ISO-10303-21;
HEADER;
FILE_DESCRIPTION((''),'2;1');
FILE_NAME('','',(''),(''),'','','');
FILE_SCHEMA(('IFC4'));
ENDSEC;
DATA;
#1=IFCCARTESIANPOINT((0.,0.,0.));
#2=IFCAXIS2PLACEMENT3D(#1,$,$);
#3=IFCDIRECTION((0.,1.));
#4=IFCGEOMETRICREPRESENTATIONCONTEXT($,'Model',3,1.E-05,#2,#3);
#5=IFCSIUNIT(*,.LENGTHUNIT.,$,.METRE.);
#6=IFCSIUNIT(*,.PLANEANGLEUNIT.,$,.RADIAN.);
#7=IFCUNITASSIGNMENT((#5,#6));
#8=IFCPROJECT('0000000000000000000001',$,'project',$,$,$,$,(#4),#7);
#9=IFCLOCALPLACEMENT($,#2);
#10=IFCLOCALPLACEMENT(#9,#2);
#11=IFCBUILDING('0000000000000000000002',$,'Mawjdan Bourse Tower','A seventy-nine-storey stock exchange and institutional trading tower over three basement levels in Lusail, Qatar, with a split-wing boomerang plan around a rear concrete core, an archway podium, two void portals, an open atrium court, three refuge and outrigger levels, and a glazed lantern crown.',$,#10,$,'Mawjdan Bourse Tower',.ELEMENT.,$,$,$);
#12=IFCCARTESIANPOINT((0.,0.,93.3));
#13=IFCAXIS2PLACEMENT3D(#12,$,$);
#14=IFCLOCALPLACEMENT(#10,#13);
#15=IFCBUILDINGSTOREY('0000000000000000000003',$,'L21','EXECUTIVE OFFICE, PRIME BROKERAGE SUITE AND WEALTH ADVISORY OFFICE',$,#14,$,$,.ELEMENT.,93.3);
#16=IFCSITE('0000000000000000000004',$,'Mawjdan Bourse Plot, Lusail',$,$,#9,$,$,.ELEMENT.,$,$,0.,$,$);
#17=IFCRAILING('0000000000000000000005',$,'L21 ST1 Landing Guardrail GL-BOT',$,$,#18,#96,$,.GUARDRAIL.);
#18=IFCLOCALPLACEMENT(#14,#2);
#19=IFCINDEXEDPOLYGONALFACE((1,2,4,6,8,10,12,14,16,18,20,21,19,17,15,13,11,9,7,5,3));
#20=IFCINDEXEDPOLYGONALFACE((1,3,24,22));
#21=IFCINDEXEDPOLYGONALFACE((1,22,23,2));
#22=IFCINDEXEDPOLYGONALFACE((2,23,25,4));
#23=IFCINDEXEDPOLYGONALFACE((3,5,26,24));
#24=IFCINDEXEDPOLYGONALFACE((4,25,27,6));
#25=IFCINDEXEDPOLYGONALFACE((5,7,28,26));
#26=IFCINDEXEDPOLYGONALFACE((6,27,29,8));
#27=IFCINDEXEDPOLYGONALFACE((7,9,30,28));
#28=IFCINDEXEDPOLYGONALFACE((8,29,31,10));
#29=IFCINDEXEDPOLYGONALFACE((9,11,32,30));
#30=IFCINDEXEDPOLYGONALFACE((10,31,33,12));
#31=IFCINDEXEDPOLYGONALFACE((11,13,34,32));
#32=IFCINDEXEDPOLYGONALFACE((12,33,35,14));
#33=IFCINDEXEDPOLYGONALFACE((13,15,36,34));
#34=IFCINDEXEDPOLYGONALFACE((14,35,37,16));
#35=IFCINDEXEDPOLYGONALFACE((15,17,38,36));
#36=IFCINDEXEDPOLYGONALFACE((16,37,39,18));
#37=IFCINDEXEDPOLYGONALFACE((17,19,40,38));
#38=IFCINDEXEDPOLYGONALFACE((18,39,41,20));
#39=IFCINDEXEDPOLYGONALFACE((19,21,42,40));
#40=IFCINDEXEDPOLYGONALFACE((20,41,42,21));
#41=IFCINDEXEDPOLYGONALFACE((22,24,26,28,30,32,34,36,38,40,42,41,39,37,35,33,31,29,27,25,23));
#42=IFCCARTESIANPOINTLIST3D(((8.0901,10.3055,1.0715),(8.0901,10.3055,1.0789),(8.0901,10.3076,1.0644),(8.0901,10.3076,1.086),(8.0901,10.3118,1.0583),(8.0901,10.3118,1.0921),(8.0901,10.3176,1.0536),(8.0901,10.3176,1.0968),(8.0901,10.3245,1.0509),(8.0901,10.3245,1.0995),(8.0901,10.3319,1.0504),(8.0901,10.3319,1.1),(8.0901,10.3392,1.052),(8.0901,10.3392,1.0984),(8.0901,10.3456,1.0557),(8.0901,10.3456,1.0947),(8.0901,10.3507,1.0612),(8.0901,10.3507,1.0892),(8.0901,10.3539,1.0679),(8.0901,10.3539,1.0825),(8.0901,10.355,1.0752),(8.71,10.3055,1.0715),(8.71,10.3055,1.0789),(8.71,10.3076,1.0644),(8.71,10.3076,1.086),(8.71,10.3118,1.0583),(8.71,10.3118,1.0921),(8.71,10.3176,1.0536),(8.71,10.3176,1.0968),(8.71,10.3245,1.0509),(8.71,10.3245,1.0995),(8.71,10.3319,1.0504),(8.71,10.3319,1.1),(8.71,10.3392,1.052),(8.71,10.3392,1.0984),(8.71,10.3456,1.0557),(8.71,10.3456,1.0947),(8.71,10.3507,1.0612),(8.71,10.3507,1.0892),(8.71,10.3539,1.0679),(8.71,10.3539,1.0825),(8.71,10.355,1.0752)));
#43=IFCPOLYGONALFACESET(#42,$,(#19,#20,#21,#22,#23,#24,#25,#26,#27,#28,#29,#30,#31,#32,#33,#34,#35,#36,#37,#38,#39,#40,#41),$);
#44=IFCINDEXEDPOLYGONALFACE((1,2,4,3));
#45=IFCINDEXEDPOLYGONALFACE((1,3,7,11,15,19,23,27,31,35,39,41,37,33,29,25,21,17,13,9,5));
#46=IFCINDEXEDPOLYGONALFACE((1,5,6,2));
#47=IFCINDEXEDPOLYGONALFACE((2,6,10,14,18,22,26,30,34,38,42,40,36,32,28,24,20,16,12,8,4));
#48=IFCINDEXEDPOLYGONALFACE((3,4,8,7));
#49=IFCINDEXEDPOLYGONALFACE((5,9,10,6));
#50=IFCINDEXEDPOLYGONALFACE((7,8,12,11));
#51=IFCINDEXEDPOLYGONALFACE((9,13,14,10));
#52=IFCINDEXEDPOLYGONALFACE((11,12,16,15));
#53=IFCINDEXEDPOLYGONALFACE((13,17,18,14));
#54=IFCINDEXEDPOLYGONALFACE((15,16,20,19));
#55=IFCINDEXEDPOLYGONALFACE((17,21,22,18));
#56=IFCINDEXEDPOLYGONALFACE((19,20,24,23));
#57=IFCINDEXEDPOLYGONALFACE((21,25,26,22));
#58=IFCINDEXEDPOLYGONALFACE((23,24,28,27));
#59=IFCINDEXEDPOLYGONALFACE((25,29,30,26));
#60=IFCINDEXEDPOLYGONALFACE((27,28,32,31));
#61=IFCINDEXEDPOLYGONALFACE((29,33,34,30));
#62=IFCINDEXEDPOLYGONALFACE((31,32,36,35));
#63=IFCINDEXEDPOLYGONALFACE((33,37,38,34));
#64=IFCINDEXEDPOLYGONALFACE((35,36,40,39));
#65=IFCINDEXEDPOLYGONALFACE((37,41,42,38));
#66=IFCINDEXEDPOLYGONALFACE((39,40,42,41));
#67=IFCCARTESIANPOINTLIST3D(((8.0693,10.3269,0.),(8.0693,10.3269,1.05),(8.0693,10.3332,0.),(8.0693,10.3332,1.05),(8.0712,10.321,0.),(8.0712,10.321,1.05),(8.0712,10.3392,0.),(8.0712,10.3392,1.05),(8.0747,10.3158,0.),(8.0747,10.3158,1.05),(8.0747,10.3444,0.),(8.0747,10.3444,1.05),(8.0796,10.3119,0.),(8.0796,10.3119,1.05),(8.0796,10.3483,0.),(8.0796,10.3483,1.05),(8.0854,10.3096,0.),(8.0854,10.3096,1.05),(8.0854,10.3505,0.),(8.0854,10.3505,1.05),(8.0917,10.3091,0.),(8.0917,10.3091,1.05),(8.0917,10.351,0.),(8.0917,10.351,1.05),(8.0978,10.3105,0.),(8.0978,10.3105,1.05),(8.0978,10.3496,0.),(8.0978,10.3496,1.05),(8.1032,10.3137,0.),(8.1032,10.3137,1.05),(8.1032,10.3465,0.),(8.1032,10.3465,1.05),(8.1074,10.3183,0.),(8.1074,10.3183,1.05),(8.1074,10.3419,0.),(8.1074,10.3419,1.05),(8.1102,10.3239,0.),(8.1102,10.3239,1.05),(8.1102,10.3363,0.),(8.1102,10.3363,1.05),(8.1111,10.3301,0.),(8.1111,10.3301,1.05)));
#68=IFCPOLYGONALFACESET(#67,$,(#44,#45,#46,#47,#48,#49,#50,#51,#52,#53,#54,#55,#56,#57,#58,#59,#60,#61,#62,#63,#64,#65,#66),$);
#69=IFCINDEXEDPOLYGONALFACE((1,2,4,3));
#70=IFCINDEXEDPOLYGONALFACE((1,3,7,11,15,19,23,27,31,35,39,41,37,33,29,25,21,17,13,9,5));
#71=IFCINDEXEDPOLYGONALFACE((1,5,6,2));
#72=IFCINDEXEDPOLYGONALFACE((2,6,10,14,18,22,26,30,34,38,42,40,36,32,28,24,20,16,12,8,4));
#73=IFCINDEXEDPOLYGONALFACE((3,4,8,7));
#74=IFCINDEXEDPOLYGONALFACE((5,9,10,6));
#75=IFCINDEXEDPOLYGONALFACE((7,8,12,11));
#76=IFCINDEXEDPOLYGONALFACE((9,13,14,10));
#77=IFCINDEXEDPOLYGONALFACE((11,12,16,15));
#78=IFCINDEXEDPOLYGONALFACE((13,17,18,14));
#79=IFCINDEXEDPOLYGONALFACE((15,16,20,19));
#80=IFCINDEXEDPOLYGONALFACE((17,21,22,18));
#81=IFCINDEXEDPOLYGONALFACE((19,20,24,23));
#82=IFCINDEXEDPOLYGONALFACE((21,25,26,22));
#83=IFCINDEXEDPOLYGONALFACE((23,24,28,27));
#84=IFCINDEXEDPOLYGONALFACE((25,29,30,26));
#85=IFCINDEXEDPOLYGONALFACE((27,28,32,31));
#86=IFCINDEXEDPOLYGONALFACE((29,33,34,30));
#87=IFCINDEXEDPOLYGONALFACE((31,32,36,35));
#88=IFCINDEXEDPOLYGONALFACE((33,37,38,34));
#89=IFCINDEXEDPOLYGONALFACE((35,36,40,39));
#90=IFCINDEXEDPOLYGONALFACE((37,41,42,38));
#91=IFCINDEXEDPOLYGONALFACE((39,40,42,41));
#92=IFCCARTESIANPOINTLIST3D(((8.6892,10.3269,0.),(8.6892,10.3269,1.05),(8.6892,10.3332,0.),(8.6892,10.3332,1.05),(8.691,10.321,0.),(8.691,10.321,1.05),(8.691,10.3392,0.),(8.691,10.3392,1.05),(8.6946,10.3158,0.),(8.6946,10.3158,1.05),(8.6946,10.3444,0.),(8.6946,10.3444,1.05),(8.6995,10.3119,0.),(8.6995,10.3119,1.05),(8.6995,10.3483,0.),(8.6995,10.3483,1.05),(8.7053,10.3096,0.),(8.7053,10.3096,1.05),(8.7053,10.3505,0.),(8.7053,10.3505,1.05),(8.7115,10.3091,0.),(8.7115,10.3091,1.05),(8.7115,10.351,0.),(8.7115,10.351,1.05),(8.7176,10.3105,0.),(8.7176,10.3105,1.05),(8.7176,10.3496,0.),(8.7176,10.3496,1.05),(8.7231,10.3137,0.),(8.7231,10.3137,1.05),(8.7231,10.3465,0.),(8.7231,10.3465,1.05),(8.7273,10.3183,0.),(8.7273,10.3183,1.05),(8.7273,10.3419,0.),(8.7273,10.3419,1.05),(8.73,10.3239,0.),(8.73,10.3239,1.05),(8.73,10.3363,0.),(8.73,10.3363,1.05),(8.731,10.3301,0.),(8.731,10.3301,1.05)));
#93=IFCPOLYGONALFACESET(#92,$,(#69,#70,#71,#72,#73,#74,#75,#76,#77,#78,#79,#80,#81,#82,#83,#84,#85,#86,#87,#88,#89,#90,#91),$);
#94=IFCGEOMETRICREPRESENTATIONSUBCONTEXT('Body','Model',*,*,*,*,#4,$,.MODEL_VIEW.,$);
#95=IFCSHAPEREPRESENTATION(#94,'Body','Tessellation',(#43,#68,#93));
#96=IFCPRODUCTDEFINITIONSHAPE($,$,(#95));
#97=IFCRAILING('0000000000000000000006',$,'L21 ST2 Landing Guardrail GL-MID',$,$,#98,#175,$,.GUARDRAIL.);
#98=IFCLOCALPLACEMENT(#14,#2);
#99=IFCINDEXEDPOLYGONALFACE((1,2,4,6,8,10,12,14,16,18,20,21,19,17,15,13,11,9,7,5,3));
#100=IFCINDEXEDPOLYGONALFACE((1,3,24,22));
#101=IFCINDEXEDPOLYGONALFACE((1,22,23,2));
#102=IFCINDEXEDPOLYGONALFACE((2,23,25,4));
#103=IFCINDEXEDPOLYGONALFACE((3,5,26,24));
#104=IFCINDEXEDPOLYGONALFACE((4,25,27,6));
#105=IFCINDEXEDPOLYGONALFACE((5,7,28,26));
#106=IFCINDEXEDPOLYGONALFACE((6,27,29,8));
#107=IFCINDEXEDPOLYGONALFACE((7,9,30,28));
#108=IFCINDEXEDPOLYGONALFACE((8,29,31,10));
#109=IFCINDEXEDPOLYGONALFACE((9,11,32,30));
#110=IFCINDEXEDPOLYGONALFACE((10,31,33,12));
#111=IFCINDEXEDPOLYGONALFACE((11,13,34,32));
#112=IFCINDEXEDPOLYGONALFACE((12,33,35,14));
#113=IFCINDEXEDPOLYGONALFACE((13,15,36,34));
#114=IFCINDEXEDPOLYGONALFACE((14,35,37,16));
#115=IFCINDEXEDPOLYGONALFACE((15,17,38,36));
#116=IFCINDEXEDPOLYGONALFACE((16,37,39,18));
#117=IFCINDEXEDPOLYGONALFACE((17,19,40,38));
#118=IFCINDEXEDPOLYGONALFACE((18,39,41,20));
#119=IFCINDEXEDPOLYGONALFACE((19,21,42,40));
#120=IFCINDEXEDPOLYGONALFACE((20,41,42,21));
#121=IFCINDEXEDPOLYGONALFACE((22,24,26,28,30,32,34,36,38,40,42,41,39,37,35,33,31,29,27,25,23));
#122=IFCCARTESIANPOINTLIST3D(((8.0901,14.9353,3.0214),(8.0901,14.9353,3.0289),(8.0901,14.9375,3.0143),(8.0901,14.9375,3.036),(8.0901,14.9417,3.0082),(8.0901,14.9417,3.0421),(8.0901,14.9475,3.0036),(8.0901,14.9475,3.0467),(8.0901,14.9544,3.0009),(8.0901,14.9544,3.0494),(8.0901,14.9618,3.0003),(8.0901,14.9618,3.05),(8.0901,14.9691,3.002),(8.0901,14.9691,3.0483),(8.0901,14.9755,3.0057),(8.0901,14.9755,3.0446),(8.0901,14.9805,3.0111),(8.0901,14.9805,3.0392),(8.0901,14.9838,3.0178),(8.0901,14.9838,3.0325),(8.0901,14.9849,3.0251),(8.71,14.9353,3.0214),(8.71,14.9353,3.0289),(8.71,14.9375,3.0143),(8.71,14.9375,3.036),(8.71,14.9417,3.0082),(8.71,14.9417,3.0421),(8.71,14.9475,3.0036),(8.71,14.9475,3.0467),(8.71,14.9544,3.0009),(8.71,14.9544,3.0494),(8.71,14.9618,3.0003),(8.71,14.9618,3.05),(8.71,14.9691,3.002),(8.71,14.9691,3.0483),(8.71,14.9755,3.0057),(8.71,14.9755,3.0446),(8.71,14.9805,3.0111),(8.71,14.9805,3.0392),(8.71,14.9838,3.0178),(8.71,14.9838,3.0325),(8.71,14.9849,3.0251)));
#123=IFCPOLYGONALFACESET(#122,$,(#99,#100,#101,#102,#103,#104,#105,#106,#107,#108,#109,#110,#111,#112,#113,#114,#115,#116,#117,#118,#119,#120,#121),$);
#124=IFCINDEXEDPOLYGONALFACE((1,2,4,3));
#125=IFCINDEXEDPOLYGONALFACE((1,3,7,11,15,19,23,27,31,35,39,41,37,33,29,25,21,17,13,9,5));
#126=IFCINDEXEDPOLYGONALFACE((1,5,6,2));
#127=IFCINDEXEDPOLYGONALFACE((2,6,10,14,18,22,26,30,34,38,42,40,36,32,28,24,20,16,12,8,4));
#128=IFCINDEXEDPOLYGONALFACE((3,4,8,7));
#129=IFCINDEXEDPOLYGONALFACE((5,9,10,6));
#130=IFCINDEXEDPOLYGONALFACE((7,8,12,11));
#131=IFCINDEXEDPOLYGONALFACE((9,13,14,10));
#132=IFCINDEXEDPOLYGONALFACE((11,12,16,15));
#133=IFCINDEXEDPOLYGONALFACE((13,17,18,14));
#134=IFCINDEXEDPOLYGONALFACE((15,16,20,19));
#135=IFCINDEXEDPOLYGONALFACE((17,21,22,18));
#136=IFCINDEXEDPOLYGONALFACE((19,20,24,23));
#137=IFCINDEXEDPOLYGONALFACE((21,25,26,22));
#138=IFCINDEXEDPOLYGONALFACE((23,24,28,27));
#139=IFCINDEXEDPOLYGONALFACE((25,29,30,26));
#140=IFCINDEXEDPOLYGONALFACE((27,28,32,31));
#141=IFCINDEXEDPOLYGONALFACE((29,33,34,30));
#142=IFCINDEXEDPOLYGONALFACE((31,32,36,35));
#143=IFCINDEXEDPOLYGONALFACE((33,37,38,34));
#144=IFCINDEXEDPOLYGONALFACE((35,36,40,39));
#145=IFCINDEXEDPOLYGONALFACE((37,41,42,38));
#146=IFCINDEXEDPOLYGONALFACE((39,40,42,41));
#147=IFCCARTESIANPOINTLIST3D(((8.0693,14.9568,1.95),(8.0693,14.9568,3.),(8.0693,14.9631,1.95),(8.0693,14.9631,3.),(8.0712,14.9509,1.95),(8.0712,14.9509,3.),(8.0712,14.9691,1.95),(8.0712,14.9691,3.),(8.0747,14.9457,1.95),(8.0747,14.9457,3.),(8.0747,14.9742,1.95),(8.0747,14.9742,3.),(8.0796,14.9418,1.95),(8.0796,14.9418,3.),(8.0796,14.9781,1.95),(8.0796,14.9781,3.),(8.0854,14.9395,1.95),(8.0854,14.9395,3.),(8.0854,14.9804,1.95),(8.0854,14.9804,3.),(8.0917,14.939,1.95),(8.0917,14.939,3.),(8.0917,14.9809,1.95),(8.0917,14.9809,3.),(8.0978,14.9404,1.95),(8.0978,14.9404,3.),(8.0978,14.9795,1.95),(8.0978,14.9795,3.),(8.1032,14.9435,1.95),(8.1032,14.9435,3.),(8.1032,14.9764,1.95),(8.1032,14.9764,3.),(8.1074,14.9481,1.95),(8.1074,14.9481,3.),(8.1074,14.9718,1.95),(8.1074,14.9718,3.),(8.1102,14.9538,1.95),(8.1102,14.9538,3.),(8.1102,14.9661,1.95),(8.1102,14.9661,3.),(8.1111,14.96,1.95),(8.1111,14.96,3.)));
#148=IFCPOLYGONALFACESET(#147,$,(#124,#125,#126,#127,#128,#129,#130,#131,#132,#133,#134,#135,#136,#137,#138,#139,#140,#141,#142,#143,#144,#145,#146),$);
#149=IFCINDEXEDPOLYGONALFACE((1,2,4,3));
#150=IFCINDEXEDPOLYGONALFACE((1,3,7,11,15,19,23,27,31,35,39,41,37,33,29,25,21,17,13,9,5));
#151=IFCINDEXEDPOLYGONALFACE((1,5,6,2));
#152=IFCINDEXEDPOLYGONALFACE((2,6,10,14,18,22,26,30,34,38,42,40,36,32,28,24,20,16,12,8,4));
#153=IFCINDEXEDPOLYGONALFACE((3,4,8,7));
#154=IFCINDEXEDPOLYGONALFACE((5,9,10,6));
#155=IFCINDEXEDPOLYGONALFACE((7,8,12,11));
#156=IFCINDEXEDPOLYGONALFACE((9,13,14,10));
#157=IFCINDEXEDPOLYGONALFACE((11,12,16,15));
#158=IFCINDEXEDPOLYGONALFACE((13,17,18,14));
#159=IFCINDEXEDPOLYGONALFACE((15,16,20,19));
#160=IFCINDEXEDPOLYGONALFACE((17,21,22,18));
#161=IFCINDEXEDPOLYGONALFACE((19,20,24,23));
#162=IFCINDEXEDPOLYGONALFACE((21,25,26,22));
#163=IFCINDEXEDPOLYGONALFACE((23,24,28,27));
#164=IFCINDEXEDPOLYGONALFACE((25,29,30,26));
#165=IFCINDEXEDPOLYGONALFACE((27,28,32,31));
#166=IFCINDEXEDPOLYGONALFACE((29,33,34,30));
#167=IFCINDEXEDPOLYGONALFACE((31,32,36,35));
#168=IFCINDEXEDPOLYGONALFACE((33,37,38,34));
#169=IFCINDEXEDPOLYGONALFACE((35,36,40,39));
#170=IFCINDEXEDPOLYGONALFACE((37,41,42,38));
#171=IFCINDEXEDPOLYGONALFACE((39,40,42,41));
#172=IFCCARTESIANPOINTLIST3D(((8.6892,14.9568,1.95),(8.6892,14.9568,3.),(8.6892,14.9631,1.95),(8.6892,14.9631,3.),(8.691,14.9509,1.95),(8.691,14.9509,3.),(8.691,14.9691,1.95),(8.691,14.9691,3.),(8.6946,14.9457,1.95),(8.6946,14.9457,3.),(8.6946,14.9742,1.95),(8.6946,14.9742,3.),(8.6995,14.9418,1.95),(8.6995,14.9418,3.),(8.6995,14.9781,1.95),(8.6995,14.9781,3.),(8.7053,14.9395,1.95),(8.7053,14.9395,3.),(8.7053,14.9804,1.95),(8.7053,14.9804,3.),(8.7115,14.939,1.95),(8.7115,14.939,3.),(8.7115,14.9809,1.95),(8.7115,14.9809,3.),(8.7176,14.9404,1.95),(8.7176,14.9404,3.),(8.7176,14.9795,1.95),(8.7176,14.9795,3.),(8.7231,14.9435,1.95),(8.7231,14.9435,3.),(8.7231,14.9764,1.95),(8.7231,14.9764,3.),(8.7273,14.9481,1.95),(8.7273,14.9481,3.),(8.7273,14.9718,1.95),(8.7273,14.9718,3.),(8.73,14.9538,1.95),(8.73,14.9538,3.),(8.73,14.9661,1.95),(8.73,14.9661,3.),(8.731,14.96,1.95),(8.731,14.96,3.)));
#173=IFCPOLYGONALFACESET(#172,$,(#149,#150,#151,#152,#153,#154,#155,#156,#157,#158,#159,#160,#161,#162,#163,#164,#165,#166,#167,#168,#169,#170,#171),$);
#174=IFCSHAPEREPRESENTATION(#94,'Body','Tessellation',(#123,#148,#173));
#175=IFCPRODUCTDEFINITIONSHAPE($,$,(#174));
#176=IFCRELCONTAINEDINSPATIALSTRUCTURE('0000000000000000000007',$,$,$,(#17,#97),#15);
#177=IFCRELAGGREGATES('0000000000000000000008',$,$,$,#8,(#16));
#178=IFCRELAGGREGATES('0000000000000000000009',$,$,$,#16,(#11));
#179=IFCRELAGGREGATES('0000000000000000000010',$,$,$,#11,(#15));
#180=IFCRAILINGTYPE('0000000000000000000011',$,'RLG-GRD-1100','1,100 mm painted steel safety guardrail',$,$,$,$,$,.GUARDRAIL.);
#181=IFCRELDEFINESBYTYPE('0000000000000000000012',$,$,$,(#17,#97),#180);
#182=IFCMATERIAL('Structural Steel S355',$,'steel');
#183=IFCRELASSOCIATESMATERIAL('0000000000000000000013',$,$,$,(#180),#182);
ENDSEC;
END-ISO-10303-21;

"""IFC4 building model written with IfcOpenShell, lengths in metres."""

from ifc_helpers import new_model, si_unit, direction, frame, origin, origin_2d, place, context, subcontext, project, spatial, circle, extrude, material, type_object, element, save


model = new_model("IFC4")

# Units and contexts
model_context = context("Model", 3, precision=1e-05, world=origin(), true_north=direction((0.0, 1.0)))
body_context = subcontext(model_context, "Body", "Model", "MODEL_VIEW")
ifc_project = project(units=[si_unit("LENGTHUNIT", "METRE"), si_unit("PLANEANGLEUNIT", "RADIAN")], contexts=[model_context])

# Site, building, storey
site_placement = place(None, origin())
site = spatial("IfcSite", under=ifc_project, at=site_placement, Name="Mawjdan Bourse Plot, Lusail", CompositionType="ELEMENT", RefElevation=0.0)
building_placement = place(site_placement, origin())
building = spatial("IfcBuilding", under=site, at=building_placement, Name="Mawjdan Bourse Tower", Description="A seventy-nine-storey stock exchange and institutional trading tower over three basement levels in Lusail, Qatar, with a split-wing boomerang plan around a rear concrete core, an archway podium, two void portals, an open atrium court, three refuge and outrigger levels, and a glazed lantern crown.", LongName="Mawjdan Bourse Tower", CompositionType="ELEMENT")
storey_placement = place(building_placement, frame((0.0, 0.0, 93.3)))
storey = spatial("IfcBuildingStorey", under=building, at=storey_placement, Name="L21", Description="EXECUTIVE OFFICE, PRIME BROKERAGE SUITE AND WEALTH ADVISORY OFFICE", CompositionType="ELEMENT", Elevation=93.3)

# Railings
ifc_material_1 = material(Name="Structural Steel S355", Category="steel")
railing_type_1 = type_object("IfcRailingType", Name="RLG-GRD-1100", Description="1,100 mm painted steel safety guardrail", PredefinedType="GUARDRAIL", material=ifc_material_1)
for number, where, name in (
    (1, (8.0901, 10.3301, 0.0), "L21 ST1 Landing Guardrail GL-BOT"),
    (2, (8.0901, 14.96, 1.95), "L21 ST2 Landing Guardrail GL-MID"),
):
    element("IfcRailing", number, at=place(storey_placement, frame(where)), inside=storey, type_object=railing_type_1, Name=name, PredefinedType="GUARDRAIL", context=body_context, shape_type="SweptSolid", body=[
        extrude(circle(Radius=0.0249, at=origin_2d()), frame((0.0, 0.0, 1.0752), z_axis=(1.0, 0.0, 0.0), x_axis=(0.0, 1.0, 0.0)), (0.0, 0.0, 1.0), 0.6199),
        extrude(circle(Radius=0.021, at=origin_2d()), origin(), (0.0, 0.0, 1.0), 1.05),
        extrude(circle(Radius=0.021, at=origin_2d()), frame((0.6199, 0.0, 0.0)), (0.0, 0.0, 1.0), 1.05),
    ])

save(model, "model.ifc")
